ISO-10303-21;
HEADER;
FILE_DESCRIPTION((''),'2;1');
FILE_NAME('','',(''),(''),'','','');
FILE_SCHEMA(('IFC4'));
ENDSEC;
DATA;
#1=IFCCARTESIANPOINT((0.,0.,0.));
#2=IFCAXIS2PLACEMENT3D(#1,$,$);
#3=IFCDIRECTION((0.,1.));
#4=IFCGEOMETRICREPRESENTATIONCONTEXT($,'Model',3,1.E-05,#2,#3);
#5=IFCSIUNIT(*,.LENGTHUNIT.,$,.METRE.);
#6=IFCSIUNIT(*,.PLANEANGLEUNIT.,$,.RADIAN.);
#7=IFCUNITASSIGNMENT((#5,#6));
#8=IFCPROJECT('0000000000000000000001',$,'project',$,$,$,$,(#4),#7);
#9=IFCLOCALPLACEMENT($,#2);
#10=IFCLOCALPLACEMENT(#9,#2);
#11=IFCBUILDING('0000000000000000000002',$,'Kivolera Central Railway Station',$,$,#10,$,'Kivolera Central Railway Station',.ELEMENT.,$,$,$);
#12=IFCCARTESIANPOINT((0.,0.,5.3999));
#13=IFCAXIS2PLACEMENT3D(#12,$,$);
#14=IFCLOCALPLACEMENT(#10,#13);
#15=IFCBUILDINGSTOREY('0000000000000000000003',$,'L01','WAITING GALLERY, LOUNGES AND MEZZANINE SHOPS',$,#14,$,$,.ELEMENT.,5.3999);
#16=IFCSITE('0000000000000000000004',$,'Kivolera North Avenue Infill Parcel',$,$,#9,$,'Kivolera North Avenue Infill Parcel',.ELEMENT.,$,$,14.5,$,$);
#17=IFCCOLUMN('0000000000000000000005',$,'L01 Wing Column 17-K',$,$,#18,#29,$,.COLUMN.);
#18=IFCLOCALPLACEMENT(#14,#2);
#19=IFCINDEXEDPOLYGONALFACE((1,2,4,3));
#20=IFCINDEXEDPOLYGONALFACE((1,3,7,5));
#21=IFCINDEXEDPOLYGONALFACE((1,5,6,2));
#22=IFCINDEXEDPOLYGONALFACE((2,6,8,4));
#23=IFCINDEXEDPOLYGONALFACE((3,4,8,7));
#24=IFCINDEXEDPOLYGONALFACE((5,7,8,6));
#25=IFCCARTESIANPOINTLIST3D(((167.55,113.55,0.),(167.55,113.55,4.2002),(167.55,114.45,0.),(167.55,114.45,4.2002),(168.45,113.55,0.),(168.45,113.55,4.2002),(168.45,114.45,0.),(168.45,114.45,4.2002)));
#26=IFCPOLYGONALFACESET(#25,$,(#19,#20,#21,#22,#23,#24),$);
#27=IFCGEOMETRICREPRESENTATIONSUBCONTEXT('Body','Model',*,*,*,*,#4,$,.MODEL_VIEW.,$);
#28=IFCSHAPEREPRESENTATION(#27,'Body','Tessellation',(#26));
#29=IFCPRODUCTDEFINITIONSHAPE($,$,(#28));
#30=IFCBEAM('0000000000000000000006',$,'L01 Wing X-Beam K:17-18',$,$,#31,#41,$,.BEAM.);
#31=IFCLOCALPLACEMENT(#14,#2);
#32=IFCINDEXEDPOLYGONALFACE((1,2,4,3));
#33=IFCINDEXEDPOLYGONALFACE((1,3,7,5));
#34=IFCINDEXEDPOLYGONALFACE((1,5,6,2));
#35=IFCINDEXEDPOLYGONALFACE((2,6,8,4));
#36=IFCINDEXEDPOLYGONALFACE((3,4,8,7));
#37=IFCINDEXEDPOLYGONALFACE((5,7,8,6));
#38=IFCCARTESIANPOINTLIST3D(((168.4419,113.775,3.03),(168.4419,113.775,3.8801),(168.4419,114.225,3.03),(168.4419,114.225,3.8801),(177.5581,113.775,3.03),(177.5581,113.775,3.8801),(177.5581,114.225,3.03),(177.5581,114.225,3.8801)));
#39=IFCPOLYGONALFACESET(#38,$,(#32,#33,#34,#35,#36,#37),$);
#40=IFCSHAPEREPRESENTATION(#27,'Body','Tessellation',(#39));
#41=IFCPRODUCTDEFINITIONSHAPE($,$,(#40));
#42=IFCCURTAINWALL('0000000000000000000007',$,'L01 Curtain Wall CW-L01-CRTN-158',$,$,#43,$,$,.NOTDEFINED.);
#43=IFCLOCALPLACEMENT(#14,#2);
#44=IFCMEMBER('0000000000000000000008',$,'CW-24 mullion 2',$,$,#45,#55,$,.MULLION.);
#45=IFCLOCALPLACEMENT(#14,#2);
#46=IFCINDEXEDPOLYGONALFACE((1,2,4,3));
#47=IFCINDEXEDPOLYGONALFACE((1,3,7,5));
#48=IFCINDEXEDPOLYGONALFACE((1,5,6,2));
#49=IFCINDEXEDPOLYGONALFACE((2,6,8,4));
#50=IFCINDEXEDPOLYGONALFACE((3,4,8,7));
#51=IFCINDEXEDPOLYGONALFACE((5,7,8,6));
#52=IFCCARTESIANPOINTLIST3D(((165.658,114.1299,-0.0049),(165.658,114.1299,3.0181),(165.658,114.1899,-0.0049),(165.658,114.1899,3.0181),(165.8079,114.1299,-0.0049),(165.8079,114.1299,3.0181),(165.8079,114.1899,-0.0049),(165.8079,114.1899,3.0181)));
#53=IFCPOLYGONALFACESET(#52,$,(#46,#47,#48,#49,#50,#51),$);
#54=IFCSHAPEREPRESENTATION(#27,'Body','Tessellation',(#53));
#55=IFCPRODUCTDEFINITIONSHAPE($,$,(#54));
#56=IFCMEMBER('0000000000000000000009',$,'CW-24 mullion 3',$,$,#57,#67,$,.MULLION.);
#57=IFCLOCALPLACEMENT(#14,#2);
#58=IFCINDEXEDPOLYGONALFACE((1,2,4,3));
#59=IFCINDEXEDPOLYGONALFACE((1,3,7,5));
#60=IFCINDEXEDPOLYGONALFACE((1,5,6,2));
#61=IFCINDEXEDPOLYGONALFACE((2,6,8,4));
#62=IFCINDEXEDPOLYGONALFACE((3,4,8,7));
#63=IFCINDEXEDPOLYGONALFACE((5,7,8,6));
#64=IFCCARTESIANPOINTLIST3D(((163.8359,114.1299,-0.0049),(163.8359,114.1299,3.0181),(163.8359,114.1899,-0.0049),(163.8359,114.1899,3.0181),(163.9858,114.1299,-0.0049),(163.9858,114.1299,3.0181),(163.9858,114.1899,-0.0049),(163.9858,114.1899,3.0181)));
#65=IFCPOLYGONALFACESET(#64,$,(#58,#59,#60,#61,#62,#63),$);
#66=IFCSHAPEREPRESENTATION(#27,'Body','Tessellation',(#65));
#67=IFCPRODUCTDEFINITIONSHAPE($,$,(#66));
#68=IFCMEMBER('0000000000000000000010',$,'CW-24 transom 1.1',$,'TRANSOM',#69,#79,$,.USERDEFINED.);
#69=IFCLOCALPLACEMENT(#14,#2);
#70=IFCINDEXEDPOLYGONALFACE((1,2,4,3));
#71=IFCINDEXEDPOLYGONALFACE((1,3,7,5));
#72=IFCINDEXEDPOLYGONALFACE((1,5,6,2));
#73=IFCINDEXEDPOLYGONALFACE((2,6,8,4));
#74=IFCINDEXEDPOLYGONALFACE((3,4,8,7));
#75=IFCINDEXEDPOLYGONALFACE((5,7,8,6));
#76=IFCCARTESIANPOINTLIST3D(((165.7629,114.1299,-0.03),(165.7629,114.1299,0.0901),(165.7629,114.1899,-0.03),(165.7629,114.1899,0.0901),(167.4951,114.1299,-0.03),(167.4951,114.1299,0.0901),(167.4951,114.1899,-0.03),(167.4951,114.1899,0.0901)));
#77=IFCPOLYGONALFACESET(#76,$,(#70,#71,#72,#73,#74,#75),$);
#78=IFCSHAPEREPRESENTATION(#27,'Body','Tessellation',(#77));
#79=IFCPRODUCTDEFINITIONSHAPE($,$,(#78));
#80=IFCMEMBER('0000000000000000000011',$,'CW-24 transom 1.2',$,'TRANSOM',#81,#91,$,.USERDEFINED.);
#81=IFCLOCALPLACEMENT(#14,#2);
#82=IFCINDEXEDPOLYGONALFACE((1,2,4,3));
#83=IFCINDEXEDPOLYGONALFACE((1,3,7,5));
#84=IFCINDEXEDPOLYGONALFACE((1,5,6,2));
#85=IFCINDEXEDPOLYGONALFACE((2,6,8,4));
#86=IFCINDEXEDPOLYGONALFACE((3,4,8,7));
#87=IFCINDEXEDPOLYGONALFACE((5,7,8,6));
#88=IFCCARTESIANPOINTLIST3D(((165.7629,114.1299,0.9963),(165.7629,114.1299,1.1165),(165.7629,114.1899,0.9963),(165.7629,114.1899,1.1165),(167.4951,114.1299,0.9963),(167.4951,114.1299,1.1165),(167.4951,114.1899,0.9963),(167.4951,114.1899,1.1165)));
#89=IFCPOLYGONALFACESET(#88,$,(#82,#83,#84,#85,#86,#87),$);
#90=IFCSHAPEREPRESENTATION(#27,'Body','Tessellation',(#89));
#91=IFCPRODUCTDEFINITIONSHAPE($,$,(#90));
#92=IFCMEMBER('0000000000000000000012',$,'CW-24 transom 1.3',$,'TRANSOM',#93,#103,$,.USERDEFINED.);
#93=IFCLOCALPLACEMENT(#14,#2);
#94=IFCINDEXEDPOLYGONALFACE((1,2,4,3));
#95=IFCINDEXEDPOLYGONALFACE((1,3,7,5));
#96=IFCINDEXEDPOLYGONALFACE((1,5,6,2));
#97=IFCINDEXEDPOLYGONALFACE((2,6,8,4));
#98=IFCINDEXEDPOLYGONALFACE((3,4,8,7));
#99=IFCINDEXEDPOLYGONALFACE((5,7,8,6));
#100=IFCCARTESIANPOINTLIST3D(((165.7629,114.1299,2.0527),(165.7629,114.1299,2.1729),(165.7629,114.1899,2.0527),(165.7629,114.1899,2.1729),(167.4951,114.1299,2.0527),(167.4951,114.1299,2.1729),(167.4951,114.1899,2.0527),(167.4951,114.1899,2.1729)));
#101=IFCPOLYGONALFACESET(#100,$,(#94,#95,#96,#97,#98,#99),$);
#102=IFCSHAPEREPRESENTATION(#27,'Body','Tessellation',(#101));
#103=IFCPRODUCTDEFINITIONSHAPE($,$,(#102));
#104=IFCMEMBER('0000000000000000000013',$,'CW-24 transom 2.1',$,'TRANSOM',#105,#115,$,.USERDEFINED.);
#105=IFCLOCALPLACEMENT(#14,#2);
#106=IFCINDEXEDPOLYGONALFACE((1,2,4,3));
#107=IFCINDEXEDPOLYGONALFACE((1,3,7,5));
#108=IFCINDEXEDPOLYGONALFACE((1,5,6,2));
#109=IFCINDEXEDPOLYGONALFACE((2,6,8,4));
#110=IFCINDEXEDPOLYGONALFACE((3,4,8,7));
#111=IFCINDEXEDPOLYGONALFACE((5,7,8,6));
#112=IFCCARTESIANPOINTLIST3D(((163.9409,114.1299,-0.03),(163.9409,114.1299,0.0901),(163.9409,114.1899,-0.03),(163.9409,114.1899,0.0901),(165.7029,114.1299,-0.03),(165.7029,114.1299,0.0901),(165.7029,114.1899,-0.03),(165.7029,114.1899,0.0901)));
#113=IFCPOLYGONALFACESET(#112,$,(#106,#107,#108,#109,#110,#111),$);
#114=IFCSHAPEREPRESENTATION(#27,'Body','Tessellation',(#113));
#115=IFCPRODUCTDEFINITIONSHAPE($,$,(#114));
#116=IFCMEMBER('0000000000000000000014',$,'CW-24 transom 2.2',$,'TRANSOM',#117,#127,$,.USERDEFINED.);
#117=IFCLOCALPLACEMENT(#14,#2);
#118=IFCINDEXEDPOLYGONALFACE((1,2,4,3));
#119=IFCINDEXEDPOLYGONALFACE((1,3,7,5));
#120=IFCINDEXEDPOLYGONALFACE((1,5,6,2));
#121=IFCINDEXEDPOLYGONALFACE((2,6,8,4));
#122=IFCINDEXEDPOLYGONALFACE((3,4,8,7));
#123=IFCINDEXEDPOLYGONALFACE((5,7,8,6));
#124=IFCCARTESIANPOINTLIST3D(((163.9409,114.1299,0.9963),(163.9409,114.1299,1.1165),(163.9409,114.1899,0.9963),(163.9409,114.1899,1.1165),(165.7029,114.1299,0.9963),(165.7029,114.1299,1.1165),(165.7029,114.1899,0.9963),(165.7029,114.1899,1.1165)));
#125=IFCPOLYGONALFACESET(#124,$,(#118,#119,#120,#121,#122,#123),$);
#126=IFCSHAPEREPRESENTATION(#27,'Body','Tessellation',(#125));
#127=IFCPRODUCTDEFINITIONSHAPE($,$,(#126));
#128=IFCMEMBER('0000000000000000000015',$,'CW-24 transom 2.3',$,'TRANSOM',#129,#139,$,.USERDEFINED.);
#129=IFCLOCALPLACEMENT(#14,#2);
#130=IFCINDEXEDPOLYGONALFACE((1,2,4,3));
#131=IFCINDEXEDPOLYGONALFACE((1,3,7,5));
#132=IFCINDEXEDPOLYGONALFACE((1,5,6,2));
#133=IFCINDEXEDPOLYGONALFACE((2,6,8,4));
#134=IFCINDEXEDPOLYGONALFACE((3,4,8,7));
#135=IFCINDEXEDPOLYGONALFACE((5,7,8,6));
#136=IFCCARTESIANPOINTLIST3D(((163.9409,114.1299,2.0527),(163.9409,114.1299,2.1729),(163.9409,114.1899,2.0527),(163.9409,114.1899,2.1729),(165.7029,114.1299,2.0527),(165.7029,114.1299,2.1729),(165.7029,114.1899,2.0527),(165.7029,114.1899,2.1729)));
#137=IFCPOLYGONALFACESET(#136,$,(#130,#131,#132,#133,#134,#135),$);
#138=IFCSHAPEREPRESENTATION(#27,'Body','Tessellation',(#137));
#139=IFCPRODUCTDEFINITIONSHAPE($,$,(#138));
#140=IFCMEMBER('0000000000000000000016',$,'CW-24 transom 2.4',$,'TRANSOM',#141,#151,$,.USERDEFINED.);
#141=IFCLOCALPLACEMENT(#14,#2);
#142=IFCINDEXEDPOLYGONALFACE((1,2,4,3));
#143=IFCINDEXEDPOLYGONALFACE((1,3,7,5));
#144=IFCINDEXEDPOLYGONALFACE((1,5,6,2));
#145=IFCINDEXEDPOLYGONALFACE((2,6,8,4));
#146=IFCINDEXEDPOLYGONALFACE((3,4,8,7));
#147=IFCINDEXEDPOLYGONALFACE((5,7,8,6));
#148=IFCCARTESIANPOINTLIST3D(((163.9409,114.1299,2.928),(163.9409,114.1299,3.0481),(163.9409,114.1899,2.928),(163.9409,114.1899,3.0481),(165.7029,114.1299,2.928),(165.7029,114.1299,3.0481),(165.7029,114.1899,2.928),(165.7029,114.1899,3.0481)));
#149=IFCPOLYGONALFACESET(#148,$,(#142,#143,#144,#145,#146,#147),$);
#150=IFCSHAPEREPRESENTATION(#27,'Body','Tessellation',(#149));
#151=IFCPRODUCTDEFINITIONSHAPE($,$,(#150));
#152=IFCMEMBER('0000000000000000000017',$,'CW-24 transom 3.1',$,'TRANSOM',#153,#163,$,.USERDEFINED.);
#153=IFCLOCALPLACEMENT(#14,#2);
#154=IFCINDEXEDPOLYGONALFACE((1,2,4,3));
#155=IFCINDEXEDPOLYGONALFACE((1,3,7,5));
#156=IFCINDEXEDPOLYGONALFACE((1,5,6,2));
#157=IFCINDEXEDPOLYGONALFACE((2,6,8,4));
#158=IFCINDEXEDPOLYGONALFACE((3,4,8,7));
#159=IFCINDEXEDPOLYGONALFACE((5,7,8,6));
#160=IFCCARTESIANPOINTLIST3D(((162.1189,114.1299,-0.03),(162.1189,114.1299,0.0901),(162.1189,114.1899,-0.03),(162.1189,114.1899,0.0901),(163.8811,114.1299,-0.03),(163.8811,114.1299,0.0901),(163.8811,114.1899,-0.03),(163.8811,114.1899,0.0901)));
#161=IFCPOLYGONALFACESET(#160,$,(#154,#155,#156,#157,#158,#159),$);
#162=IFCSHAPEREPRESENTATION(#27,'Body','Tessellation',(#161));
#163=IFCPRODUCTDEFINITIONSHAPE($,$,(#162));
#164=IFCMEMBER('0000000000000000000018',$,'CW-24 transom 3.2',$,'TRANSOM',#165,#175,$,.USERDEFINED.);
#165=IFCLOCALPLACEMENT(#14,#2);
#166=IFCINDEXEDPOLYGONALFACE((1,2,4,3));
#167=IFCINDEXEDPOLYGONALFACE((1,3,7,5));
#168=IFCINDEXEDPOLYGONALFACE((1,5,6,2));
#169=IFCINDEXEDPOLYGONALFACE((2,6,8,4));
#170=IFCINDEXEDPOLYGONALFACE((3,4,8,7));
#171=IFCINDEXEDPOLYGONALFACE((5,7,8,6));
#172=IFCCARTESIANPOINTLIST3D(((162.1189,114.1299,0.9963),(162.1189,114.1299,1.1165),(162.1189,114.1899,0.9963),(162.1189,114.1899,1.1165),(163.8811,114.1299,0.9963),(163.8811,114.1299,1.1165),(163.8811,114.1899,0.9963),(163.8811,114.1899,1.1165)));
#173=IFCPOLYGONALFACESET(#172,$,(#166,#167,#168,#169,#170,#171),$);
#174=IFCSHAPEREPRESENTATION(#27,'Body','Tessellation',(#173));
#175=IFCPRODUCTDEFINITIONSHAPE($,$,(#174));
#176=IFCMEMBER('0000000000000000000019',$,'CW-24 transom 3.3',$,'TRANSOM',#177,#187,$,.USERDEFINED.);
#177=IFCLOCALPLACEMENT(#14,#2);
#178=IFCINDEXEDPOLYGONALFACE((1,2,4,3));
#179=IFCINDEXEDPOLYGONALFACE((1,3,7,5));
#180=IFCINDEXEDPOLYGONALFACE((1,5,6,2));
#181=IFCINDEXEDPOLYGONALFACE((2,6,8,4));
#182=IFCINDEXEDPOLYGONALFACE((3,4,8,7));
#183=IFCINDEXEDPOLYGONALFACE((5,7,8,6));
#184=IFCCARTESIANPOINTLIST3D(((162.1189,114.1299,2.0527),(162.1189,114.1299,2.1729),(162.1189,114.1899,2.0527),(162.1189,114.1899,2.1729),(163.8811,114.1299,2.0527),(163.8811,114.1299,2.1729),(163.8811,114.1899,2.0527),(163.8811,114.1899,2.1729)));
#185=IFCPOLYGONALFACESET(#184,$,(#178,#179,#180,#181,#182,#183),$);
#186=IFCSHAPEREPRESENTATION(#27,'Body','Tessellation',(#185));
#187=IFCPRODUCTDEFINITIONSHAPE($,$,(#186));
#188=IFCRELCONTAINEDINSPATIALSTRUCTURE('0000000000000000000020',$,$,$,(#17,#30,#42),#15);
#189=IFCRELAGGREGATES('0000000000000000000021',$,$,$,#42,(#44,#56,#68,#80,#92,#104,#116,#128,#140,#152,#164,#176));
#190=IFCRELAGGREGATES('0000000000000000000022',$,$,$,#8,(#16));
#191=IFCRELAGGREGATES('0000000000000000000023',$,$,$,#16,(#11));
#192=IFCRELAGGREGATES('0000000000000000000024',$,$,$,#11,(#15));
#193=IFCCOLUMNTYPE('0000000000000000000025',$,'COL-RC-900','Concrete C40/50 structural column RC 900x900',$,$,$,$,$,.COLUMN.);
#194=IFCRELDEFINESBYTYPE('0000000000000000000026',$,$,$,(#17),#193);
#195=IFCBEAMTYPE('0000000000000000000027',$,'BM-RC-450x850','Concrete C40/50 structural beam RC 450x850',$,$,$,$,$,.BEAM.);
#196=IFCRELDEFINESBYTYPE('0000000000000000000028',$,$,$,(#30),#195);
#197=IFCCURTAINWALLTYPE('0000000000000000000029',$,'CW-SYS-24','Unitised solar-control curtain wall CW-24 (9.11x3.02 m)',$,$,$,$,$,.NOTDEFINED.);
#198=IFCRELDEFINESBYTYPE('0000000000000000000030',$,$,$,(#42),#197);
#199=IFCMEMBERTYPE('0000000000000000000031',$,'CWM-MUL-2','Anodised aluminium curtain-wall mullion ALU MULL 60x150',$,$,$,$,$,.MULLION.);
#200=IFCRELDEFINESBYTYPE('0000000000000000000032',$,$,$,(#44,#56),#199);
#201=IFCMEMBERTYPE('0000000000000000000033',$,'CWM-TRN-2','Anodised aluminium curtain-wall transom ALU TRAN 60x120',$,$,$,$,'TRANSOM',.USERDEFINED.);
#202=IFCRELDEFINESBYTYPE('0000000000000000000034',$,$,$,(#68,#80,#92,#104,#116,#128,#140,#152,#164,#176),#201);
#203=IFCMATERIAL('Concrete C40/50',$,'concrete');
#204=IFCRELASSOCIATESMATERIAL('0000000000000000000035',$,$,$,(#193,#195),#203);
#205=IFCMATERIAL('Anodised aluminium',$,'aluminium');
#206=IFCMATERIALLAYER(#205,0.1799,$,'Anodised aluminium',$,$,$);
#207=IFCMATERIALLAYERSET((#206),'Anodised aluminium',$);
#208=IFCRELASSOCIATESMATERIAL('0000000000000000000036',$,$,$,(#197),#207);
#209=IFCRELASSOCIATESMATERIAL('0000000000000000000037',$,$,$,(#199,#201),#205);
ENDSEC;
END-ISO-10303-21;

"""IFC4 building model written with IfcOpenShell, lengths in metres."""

from ifc_helpers import new_model, si_unit, direction, frame, origin, origin_2d, place, context, subcontext, project, spatial, rectangle, extrude, material, layer, layer_set, material_profile, profile_set, type_object, element, aggregate, save


model = new_model("IFC4")

# Units and contexts
model_context = context("Model", 3, precision=1e-05, world=origin(), true_north=direction((0.0, 1.0)))
body_context = subcontext(model_context, "Body", "Model", "MODEL_VIEW")
ifc_project = project(units=[si_unit("LENGTHUNIT", "METRE"), si_unit("PLANEANGLEUNIT", "RADIAN")], contexts=[model_context])

# Site, building, storey
site_placement = place(None, origin())
site = spatial("IfcSite", under=ifc_project, at=site_placement, Name="Kivolera North Avenue Infill Parcel", LongName="Kivolera North Avenue Infill Parcel", CompositionType="ELEMENT", RefElevation=14.5)
building_placement = place(site_placement, origin())
building = spatial("IfcBuilding", under=site, at=building_placement, Name="Kivolera Central Railway Station", LongName="Kivolera Central Railway Station", CompositionType="ELEMENT")
storey_placement = place(building_placement, frame((0.0, 0.0, 5.3999)))
storey = spatial("IfcBuildingStorey", under=building, at=storey_placement, Name="L01", Description="WAITING GALLERY, LOUNGES AND MEZZANINE SHOPS", CompositionType="ELEMENT", Elevation=5.3999)

# Column
ifc_material_1 = material(Name="Concrete C40/50", Category="concrete")
ifc_material_profile_1 = material_profile(ifc_material_1, rectangle(XDim=0.8999, YDim=0.8999, at=origin_2d()), Name="RC 900x900")
ifc_profile_set_1 = profile_set([ifc_material_profile_1], Name="Concrete C40/50")
column_type = type_object("IfcColumnType", Name="COL-RC-900", Description="Concrete C40/50 structural column RC 900x900", PredefinedType="COLUMN", material=ifc_profile_set_1)
column_placement = place(storey_placement, frame((168.0, 114.0, 0.0), z_axis=(0.0, 0.0, 1.0), x_axis=(1.0, 0.0, 0.0)))
element("IfcColumn", 1, at=column_placement, inside=storey, type_object=column_type, Name="L01 Wing Column 17-K", PredefinedType="COLUMN", context=body_context, shape_type="SweptSolid", body=[
    extrude(rectangle(XDim=0.8999, YDim=0.8999, at=origin_2d()), origin(), (0.0, 0.0, 1.0), 4.2002),
])

# Beam
ifc_material_profile_2 = material_profile(ifc_material_1, rectangle(XDim=0.45, YDim=0.8501, at=origin_2d()), Name="RC 450x850")
ifc_profile_set_2 = profile_set([ifc_material_profile_2], Name="Concrete C40/50")
beam_type = type_object("IfcBeamType", Name="BM-RC-450x850", Description="Concrete C40/50 structural beam RC 450x850", PredefinedType="BEAM", material=ifc_profile_set_2)
beam_placement = place(storey_placement, frame((168.4419, 114.0, 3.4551), z_axis=(1.0, 0.0, 0.0), x_axis=(0.0, 1.0, 0.0)))
element("IfcBeam", 2, at=beam_placement, inside=storey, type_object=beam_type, Name="L01 Wing X-Beam K:17-18", PredefinedType="BEAM", context=body_context, shape_type="SweptSolid", body=[
    extrude(rectangle(XDim=0.45, YDim=0.8501, at=origin_2d()), origin(), (0.0, 0.0, 1.0), 9.1162),
])

# Curtain wall, members
ifc_material_2 = material(Name="Anodised aluminium", Category="aluminium")
ifc_layer_1 = layer(ifc_material_2, 0.1799, Name="Anodised aluminium")
ifc_layer_set_1 = layer_set([ifc_layer_1], Name="Anodised aluminium")
curtain_wall_type = type_object("IfcCurtainWallType", Name="CW-SYS-24", Description="Unitised solar-control curtain wall CW-24 (9.11x3.02 m)", PredefinedType="NOTDEFINED", material=ifc_layer_set_1)
curtain_wall_placement = place(storey_placement, origin())
curtain_wall = element("IfcCurtainWall", 3, at=curtain_wall_placement, inside=storey, type_object=curtain_wall_type, Name="L01 Curtain Wall CW-L01-CRTN-158", PredefinedType="NOTDEFINED")
ifc_material_profile_3 = material_profile(ifc_material_2, rectangle(XDim=0.0601, YDim=0.1499, at=origin_2d()), Name="ALU MULL 60x150")
ifc_profile_set_3 = profile_set([ifc_material_profile_3], Name="Anodised aluminium")
member_type_1 = type_object("IfcMemberType", Name="CWM-MUL-2", Description="Anodised aluminium curtain-wall mullion ALU MULL 60x150", PredefinedType="MULLION", material=ifc_profile_set_3)
member_1_placement = place(storey_placement, frame((165.7329, 114.1599, -0.0049), z_axis=(0.0, 0.0, 1.0), x_axis=(0.0, -1.0, 0.0)))
member_1 = element("IfcMember", 4, at=member_1_placement, type_object=member_type_1, Name="CW-24 mullion 2", PredefinedType="MULLION", context=body_context, shape_type="SweptSolid", body=[
    extrude(rectangle(XDim=0.0601, YDim=0.1499, at=origin_2d()), origin(), (0.0, 0.0, 1.0), 3.0229),
])
member_2_placement = place(storey_placement, frame((163.9109, 114.1599, -0.0049), z_axis=(0.0, 0.0, 1.0), x_axis=(0.0, -1.0, 0.0)))
member_2 = element("IfcMember", 5, at=member_2_placement, type_object=member_type_1, Name="CW-24 mullion 3", PredefinedType="MULLION", context=body_context, shape_type="SweptSolid", body=[
    extrude(rectangle(XDim=0.0601, YDim=0.1499, at=origin_2d()), origin(), (0.0, 0.0, 1.0), 3.0229),
])
ifc_material_profile_4 = material_profile(ifc_material_2, rectangle(XDim=0.0601, YDim=0.1201, at=origin_2d()), Name="ALU TRAN 60x120")
ifc_profile_set_4 = profile_set([ifc_material_profile_4], Name="Anodised aluminium")
member_type_2 = type_object("IfcMemberType", Name="CWM-TRN-2", Description="Anodised aluminium curtain-wall transom ALU TRAN 60x120", ElementType="TRANSOM", PredefinedType="USERDEFINED", material=ifc_profile_set_4)
member_3_placement = place(storey_placement, frame((167.4951, 114.1599, 0.03), z_axis=(-1.0, 0.0, 0.0), x_axis=(0.0, -1.0, 0.0)))
member_3 = element("IfcMember", 6, at=member_3_placement, type_object=member_type_2, Name="CW-24 transom 1.1", ObjectType="TRANSOM", PredefinedType="USERDEFINED", context=body_context, shape_type="SweptSolid", body=[
    extrude(rectangle(XDim=0.0601, YDim=0.1201, at=origin_2d()), origin(), (0.0, 0.0, 1.0), 1.7322),
])
member_4_placement = place(storey_placement, frame((167.4951, 114.1599, 1.0564), z_axis=(-1.0, 0.0, 0.0), x_axis=(0.0, -1.0, 0.0)))
member_4 = element("IfcMember", 7, at=member_4_placement, type_object=member_type_2, Name="CW-24 transom 1.2", ObjectType="TRANSOM", PredefinedType="USERDEFINED", context=body_context, shape_type="SweptSolid", body=[
    extrude(rectangle(XDim=0.0601, YDim=0.1201, at=origin_2d()), origin(), (0.0, 0.0, 1.0), 1.7322),
])
member_5_placement = place(storey_placement, frame((167.4951, 114.1599, 2.1128), z_axis=(-1.0, 0.0, 0.0), x_axis=(0.0, -1.0, 0.0)))
member_5 = element("IfcMember", 8, at=member_5_placement, type_object=member_type_2, Name="CW-24 transom 1.3", ObjectType="TRANSOM", PredefinedType="USERDEFINED", context=body_context, shape_type="SweptSolid", body=[
    extrude(rectangle(XDim=0.0601, YDim=0.1201, at=origin_2d()), origin(), (0.0, 0.0, 1.0), 1.7322),
])
member_6_placement = place(storey_placement, frame((165.7029, 114.1599, 0.03), z_axis=(-1.0, 0.0, 0.0), x_axis=(0.0, -1.0, 0.0)))
member_6 = element("IfcMember", 9, at=member_6_placement, type_object=member_type_2, Name="CW-24 transom 2.1", ObjectType="TRANSOM", PredefinedType="USERDEFINED", context=body_context, shape_type="SweptSolid", body=[
    extrude(rectangle(XDim=0.0601, YDim=0.1201, at=origin_2d()), origin(), (0.0, 0.0, 1.0), 1.762),
])
member_7_placement = place(storey_placement, frame((165.7029, 114.1599, 1.0564), z_axis=(-1.0, 0.0, 0.0), x_axis=(0.0, -1.0, 0.0)))
member_7 = element("IfcMember", 10, at=member_7_placement, type_object=member_type_2, Name="CW-24 transom 2.2", ObjectType="TRANSOM", PredefinedType="USERDEFINED", context=body_context, shape_type="SweptSolid", body=[
    extrude(rectangle(XDim=0.0601, YDim=0.1201, at=origin_2d()), origin(), (0.0, 0.0, 1.0), 1.762),
])
member_8_placement = place(storey_placement, frame((165.7029, 114.1599, 2.1128), z_axis=(-1.0, 0.0, 0.0), x_axis=(0.0, -1.0, 0.0)))
member_8 = element("IfcMember", 11, at=member_8_placement, type_object=member_type_2, Name="CW-24 transom 2.3", ObjectType="TRANSOM", PredefinedType="USERDEFINED", context=body_context, shape_type="SweptSolid", body=[
    extrude(rectangle(XDim=0.0601, YDim=0.1201, at=origin_2d()), origin(), (0.0, 0.0, 1.0), 1.762),
])
member_9_placement = place(storey_placement, frame((165.7029, 114.1599, 2.988), z_axis=(-1.0, 0.0, 0.0), x_axis=(0.0, -1.0, 0.0)))
member_9 = element("IfcMember", 12, at=member_9_placement, type_object=member_type_2, Name="CW-24 transom 2.4", ObjectType="TRANSOM", PredefinedType="USERDEFINED", context=body_context, shape_type="SweptSolid", body=[
    extrude(rectangle(XDim=0.0601, YDim=0.1201, at=origin_2d()), origin(), (0.0, 0.0, 1.0), 1.762),
])
member_10_placement = place(storey_placement, frame((163.8811, 114.1599, 0.03), z_axis=(-1.0, 0.0, 0.0), x_axis=(0.0, -1.0, 0.0)))
member_10 = element("IfcMember", 13, at=member_10_placement, type_object=member_type_2, Name="CW-24 transom 3.1", ObjectType="TRANSOM", PredefinedType="USERDEFINED", context=body_context, shape_type="SweptSolid", body=[
    extrude(rectangle(XDim=0.0601, YDim=0.1201, at=origin_2d()), origin(), (0.0, 0.0, 1.0), 1.7622),
])
member_11_placement = place(storey_placement, frame((163.8811, 114.1599, 1.0564), z_axis=(-1.0, 0.0, 0.0), x_axis=(0.0, -1.0, 0.0)))
member_11 = element("IfcMember", 14, at=member_11_placement, type_object=member_type_2, Name="CW-24 transom 3.2", ObjectType="TRANSOM", PredefinedType="USERDEFINED", context=body_context, shape_type="SweptSolid", body=[
    extrude(rectangle(XDim=0.0601, YDim=0.1201, at=origin_2d()), origin(), (0.0, 0.0, 1.0), 1.7622),
])
member_12_placement = place(storey_placement, frame((163.8811, 114.1599, 2.1128), z_axis=(-1.0, 0.0, 0.0), x_axis=(0.0, -1.0, 0.0)))
member_12 = element("IfcMember", 15, at=member_12_placement, type_object=member_type_2, Name="CW-24 transom 3.3", ObjectType="TRANSOM", PredefinedType="USERDEFINED", context=body_context, shape_type="SweptSolid", body=[
    extrude(rectangle(XDim=0.0601, YDim=0.1201, at=origin_2d()), origin(), (0.0, 0.0, 1.0), 1.7622),
])
aggregate(curtain_wall, [member_1, member_2, member_3, member_4, member_5, member_6, member_7, member_8, member_9, member_10, member_11, member_12])

save(model, "model.ifc")
